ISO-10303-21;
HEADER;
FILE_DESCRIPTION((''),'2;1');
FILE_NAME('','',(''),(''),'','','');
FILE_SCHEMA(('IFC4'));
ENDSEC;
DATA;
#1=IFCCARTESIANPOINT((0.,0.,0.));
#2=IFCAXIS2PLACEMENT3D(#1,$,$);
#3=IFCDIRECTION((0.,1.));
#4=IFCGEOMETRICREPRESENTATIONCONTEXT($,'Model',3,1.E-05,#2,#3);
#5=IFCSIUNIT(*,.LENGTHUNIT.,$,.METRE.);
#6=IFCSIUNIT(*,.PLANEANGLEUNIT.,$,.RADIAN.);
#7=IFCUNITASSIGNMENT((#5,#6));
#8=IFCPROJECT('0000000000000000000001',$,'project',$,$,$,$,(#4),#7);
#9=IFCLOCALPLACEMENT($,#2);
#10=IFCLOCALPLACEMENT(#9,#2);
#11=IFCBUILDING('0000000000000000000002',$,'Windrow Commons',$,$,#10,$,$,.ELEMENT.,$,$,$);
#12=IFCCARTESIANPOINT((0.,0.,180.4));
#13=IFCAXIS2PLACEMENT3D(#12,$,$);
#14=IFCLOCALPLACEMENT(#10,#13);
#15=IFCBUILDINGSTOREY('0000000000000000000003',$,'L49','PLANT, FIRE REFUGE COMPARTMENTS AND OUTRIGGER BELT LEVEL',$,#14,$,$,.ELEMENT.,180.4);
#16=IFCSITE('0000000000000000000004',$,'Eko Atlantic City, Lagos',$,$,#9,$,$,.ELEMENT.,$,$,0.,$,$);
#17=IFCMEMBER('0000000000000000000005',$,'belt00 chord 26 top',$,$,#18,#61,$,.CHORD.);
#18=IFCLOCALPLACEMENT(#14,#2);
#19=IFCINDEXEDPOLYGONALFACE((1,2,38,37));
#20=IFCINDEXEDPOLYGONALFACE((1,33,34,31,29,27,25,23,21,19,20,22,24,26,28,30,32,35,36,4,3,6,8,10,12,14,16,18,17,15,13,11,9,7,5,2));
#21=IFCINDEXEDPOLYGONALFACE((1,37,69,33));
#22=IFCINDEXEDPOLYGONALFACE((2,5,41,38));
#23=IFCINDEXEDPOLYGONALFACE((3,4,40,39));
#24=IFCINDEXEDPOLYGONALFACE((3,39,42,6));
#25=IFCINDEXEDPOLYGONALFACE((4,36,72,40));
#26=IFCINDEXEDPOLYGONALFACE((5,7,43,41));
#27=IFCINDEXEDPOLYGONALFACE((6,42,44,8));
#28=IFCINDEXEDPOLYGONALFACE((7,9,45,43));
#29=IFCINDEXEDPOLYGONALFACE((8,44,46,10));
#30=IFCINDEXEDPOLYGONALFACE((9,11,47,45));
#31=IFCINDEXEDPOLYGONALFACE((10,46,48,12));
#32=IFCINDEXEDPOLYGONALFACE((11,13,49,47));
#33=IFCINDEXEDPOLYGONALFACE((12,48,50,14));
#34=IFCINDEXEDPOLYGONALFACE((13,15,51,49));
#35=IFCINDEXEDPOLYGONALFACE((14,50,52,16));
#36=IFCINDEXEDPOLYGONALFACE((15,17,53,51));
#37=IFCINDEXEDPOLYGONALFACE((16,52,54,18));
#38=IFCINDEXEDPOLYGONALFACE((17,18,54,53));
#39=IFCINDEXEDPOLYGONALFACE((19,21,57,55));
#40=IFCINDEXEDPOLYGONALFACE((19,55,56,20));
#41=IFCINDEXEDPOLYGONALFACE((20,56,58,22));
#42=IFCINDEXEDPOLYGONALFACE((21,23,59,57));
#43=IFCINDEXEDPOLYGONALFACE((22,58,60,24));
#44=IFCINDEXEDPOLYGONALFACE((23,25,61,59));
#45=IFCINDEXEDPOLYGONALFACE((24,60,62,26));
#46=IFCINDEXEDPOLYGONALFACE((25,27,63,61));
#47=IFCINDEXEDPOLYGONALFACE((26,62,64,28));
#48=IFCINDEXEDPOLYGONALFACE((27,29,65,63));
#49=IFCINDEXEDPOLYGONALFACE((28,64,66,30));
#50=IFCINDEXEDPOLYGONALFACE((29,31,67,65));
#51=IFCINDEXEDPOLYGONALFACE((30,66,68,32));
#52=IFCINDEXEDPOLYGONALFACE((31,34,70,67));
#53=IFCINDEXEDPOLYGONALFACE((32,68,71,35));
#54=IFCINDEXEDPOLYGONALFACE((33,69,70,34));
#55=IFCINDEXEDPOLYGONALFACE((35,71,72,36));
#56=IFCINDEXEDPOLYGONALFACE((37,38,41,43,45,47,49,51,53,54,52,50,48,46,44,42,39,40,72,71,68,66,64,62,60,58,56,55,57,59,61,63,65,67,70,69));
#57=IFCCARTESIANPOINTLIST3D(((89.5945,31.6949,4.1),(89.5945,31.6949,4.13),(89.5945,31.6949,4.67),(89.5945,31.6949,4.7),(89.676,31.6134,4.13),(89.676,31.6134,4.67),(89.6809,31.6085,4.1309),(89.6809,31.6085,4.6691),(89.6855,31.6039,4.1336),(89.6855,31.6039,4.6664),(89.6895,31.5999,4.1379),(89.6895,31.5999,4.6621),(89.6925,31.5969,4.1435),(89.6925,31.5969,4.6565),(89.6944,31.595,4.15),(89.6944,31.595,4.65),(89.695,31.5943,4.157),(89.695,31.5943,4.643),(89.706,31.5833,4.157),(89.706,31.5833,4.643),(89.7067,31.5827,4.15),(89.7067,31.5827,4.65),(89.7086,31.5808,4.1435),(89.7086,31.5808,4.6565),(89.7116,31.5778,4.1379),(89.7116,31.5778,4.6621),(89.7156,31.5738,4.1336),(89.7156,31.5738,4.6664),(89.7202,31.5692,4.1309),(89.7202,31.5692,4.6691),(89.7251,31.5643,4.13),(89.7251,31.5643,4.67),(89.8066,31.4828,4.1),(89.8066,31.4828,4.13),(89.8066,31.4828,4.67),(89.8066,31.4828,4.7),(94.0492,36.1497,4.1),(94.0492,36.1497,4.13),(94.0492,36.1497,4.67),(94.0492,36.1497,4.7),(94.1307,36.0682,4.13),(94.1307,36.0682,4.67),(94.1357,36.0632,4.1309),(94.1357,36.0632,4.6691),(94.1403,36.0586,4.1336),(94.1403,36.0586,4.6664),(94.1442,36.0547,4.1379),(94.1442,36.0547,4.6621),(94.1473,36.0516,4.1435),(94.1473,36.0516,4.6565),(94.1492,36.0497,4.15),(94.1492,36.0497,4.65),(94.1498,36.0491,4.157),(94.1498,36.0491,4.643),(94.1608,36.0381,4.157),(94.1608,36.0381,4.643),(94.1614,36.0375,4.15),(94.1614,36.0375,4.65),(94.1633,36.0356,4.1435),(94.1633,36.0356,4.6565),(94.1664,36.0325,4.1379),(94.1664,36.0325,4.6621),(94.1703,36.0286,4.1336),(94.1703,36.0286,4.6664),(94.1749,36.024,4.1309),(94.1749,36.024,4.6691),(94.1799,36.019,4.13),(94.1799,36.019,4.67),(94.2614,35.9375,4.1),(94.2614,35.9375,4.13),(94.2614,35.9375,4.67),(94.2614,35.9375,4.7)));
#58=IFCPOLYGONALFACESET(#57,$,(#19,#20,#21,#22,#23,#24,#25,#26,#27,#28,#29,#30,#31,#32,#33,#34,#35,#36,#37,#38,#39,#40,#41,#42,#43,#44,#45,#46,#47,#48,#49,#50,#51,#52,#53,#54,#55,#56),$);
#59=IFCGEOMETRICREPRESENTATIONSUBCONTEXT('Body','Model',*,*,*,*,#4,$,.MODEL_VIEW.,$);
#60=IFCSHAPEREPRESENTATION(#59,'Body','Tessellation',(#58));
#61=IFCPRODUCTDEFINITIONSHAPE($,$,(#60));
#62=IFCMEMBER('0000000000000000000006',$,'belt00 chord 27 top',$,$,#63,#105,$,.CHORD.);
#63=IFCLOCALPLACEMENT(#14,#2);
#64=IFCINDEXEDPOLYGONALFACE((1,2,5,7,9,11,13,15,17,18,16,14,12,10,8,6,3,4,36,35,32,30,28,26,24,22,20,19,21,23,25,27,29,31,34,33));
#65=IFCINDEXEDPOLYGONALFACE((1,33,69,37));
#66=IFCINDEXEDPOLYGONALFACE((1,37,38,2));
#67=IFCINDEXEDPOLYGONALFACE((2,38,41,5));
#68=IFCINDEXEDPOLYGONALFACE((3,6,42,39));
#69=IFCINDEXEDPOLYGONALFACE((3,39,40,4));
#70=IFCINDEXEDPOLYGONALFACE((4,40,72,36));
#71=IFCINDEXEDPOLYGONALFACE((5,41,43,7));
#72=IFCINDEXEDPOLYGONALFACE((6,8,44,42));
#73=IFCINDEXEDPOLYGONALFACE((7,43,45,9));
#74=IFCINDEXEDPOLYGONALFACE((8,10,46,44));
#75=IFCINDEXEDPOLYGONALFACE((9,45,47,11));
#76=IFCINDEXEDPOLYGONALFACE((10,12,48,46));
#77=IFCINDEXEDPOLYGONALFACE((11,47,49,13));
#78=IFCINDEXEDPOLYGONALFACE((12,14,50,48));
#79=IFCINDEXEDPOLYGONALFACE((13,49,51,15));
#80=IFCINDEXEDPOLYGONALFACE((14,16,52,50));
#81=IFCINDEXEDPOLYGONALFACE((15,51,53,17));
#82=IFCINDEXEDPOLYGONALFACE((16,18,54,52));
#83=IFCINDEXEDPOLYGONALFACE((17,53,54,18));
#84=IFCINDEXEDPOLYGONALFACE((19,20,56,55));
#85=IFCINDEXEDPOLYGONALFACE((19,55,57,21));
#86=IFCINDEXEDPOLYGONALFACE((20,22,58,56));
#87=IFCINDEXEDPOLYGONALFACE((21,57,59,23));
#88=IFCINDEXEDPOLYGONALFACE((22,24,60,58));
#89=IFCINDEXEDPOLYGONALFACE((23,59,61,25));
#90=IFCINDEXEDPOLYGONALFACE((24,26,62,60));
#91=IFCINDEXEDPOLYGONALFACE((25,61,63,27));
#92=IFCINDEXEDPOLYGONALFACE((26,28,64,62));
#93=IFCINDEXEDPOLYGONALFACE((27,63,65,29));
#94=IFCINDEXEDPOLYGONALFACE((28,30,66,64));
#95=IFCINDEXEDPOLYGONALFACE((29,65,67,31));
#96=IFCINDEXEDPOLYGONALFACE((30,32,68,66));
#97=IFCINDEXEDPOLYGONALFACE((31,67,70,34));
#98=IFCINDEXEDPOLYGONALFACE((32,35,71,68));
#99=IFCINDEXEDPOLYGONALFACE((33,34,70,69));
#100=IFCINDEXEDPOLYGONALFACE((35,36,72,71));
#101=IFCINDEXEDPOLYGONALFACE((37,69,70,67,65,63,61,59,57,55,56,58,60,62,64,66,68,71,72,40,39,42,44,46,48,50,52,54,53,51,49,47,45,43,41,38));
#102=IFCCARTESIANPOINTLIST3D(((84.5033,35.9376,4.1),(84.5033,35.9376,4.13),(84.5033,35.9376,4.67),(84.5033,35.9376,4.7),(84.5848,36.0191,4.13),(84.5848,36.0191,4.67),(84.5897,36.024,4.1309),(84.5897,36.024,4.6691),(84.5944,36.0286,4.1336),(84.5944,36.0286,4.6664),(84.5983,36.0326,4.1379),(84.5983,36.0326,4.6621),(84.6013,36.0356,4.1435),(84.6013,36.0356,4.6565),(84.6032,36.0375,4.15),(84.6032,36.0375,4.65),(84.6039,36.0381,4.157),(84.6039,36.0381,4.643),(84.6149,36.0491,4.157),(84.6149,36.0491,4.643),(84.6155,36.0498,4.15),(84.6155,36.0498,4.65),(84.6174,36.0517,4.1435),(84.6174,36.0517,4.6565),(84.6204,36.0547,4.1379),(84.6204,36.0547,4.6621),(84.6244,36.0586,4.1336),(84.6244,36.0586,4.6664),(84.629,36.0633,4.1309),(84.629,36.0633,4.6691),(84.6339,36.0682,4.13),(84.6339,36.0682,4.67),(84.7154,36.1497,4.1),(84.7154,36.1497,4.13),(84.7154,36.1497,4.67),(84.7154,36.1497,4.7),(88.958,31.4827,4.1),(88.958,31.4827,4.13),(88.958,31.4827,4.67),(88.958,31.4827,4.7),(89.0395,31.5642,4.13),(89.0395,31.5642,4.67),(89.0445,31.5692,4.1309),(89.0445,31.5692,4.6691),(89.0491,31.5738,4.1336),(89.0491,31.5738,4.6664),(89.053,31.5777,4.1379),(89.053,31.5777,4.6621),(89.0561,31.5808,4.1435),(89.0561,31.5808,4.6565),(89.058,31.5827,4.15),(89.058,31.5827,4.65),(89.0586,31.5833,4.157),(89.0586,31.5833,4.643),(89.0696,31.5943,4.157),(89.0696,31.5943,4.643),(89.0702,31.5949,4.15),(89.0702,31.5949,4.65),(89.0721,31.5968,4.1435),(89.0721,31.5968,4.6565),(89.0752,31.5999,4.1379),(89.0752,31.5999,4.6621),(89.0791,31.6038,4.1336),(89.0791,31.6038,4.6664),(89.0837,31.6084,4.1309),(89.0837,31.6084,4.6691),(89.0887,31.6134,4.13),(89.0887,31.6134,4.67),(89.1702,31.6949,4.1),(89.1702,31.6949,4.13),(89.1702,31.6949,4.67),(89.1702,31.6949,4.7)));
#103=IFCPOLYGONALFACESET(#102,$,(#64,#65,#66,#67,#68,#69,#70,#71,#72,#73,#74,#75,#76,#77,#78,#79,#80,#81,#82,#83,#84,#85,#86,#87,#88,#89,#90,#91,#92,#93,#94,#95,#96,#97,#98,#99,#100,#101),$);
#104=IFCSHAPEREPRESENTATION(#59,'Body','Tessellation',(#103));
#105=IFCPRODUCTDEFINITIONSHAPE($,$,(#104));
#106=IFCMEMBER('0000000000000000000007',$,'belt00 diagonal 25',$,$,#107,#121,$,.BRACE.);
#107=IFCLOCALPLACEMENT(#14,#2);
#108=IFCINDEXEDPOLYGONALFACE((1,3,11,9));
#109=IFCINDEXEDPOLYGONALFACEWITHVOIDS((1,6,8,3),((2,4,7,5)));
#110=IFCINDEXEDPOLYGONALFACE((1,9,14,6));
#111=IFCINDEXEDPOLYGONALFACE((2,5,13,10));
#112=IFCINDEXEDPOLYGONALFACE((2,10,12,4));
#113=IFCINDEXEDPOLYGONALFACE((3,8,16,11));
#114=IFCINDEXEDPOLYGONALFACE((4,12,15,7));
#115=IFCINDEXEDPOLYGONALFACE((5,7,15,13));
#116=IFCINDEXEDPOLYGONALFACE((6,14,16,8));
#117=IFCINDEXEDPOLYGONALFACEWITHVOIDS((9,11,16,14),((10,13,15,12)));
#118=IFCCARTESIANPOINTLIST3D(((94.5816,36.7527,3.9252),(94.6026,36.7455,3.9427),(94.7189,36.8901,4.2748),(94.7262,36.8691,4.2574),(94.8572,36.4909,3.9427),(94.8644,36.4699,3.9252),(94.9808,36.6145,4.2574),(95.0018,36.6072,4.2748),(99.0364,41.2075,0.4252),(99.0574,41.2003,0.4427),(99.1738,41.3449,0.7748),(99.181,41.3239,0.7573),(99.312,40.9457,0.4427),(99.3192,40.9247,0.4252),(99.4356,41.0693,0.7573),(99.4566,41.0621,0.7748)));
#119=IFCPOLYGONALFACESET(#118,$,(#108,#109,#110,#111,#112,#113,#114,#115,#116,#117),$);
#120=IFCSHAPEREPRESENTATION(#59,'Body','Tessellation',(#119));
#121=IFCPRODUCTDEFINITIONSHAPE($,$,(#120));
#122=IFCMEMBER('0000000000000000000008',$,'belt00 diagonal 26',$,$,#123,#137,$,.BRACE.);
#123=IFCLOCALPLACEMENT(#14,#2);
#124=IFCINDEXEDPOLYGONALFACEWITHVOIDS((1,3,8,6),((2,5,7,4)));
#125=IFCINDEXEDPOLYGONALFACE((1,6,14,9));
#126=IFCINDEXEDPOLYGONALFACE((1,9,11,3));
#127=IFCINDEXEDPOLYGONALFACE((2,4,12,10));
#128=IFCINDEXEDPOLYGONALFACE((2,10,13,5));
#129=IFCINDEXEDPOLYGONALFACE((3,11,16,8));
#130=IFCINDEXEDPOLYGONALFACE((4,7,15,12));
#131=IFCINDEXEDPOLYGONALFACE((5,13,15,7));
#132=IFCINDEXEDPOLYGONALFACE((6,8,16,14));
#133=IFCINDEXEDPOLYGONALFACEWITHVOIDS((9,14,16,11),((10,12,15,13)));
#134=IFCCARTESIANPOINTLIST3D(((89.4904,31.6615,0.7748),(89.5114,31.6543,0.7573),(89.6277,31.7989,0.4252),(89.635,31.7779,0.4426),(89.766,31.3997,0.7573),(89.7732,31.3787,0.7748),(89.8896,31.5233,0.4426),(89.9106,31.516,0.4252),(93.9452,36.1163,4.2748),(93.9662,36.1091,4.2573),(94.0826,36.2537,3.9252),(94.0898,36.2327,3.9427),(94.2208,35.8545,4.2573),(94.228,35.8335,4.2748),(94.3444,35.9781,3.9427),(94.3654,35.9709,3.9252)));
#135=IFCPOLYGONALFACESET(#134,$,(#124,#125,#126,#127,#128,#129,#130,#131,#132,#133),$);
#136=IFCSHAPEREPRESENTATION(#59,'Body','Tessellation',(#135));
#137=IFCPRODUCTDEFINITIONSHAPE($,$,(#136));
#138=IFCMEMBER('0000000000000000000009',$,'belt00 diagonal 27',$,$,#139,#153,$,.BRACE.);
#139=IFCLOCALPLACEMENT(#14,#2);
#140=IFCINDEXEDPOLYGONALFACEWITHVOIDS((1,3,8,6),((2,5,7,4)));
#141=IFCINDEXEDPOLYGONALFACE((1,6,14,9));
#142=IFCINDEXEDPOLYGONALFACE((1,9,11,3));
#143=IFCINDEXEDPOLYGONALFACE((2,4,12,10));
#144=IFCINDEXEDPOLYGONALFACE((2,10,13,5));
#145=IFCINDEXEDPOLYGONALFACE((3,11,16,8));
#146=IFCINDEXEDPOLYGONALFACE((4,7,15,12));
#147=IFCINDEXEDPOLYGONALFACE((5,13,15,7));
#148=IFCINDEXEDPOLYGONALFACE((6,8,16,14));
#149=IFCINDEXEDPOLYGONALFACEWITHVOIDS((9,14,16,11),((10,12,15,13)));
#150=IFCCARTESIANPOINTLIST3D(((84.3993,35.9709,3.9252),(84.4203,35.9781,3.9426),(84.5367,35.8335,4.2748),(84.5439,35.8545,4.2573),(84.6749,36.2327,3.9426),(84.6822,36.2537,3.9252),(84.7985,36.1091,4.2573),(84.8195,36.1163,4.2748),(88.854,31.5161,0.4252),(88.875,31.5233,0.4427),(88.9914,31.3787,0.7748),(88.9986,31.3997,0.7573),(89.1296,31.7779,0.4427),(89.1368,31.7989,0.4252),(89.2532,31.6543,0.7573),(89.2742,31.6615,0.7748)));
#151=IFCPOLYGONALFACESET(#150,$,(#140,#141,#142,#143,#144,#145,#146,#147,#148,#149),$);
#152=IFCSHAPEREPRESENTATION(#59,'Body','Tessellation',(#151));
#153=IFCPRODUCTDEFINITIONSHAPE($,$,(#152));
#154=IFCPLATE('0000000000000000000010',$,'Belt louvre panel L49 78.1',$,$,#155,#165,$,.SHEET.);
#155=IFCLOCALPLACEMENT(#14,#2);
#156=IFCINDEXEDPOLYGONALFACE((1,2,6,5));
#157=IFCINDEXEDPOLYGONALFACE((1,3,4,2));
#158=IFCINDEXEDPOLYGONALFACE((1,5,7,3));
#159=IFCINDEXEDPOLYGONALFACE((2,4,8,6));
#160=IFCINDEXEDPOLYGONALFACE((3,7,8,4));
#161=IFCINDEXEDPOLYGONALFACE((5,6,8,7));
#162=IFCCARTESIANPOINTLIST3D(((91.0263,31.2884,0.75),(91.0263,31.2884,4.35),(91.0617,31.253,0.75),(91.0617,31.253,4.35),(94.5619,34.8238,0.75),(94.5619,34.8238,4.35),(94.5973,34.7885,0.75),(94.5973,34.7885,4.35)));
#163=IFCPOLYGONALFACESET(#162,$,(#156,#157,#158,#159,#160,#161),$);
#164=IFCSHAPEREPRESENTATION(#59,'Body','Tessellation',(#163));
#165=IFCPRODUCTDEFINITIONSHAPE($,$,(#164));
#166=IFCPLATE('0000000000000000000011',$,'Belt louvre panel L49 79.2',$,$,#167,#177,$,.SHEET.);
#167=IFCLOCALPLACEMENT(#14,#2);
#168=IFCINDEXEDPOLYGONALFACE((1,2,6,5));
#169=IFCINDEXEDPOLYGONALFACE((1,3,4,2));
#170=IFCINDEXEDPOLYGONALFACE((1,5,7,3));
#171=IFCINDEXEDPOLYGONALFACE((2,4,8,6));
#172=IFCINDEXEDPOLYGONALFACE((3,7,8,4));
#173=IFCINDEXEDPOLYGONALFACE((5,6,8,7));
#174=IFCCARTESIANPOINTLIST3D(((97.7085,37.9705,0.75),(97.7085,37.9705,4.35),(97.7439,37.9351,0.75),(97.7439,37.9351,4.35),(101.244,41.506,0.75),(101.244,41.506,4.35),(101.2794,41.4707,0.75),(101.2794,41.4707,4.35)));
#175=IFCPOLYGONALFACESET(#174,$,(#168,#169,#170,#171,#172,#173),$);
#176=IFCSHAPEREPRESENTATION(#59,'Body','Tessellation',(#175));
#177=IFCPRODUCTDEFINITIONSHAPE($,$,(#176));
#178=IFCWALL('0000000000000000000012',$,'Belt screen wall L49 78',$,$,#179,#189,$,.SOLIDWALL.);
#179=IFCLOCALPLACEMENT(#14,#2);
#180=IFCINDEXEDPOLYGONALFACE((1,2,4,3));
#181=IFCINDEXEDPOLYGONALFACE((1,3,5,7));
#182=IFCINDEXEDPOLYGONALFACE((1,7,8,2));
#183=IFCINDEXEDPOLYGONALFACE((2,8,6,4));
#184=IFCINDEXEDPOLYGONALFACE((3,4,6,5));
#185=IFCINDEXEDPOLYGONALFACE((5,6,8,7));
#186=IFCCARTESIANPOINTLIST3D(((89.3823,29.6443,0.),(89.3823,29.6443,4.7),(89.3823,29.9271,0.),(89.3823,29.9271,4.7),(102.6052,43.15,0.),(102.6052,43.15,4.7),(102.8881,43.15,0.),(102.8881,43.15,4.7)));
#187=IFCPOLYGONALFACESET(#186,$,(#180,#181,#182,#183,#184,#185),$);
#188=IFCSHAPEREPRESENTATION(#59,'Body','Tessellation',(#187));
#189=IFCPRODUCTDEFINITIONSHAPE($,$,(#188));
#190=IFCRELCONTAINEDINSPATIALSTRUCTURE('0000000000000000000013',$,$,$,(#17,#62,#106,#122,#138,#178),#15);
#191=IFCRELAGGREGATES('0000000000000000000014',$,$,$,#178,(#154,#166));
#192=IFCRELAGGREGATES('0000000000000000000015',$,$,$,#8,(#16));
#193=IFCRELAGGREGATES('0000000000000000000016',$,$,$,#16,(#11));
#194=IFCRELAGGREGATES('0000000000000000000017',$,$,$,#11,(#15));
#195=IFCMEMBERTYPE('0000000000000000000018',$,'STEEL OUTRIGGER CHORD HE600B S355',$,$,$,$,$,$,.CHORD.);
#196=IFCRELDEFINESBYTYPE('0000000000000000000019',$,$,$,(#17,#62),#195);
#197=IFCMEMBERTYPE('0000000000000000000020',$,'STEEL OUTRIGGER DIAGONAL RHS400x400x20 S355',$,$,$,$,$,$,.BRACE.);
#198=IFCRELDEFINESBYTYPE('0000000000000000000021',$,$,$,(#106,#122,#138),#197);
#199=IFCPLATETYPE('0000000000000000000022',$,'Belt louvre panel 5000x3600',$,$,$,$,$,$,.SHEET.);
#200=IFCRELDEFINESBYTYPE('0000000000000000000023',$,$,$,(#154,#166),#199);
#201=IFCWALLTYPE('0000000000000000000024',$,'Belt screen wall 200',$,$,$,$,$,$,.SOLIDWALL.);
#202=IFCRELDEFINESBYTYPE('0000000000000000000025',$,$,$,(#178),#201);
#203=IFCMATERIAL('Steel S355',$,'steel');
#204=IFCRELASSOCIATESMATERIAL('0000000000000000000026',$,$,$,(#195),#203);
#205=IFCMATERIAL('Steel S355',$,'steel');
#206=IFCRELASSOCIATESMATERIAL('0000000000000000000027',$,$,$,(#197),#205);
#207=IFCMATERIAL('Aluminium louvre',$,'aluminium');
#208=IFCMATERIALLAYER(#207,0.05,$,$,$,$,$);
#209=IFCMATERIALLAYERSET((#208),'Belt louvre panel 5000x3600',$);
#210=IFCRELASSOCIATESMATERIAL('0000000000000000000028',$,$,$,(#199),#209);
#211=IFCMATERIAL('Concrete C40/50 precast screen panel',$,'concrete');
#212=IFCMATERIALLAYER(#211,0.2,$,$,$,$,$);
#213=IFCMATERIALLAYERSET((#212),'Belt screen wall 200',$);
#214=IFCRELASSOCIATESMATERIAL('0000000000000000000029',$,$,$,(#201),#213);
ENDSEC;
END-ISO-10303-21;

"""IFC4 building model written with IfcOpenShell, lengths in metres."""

from ifc_helpers import new_model, si_unit, direction, frame, origin, origin_2d, place, context, subcontext, project, spatial, polyline, hollow_rectangle, i_section, outline, extrude, material, layer, layer_set, material_profile, profile_set, type_object, element, aggregate, save


model = new_model("IFC4")

# Units and contexts
model_context = context("Model", 3, precision=1e-05, world=origin(), true_north=direction((0.0, 1.0)))
body_context = subcontext(model_context, "Body", "Model", "MODEL_VIEW")
ifc_project = project(units=[si_unit("LENGTHUNIT", "METRE"), si_unit("PLANEANGLEUNIT", "RADIAN")], contexts=[model_context])

# Site, building, storey
site_placement = place(None, origin())
site = spatial("IfcSite", under=ifc_project, at=site_placement, Name="Eko Atlantic City, Lagos", CompositionType="ELEMENT", RefElevation=0.0)
building_placement = place(site_placement, origin())
building = spatial("IfcBuilding", under=site, at=building_placement, Name="Windrow Commons", CompositionType="ELEMENT")
storey_placement = place(building_placement, frame((0.0, 0.0, 180.4)))
storey = spatial("IfcBuildingStorey", under=building, at=storey_placement, Name="L49", Description="PLANT, FIRE REFUGE COMPARTMENTS AND OUTRIGGER BELT LEVEL", CompositionType="ELEMENT", Elevation=180.4)

# Members
ifc_material_1 = material(Name="Steel S355", Category="steel")
ifc_material_profile_1 = material_profile(ifc_material_1, i_section(OverallWidth=0.3, OverallDepth=0.6, WebThickness=0.0155, FlangeThickness=0.03, FilletRadius=0.027, at=origin_2d()))
ifc_profile_set_1 = profile_set([ifc_material_profile_1], Name="Steel S355")
member_type_1 = type_object("IfcMemberType", Name="STEEL OUTRIGGER CHORD HE600B S355", PredefinedType="CHORD", material=ifc_profile_set_1)
for number, where, z_axis, x_axis, name in (
    (1, (94.1553, 36.0436, 4.4), (-0.707107, -0.707107, 0.0), (0.707107, -0.707107, 0.0), "belt00 chord 26 top"),
    (2, (89.0641, 31.5888, 4.4), (-0.707099, 0.707115, 0.0), (-0.707115, -0.707099, 0.0), "belt00 chord 27 top"),
):
    element("IfcMember", number, at=place(storey_placement, frame(where, z_axis=z_axis, x_axis=x_axis)), inside=storey, type_object=member_type_1, Name=name, PredefinedType="CHORD", context=body_context, shape_type="SweptSolid", body=[
        extrude(i_section(OverallWidth=0.3, OverallDepth=0.6, WebThickness=0.0155, FlangeThickness=0.03, FilletRadius=0.027, at=origin_2d()), origin(), (0.0, 0.0, 1.0), 6.3),
    ])
ifc_material_2 = material(Name="Steel S355", Category="steel")
ifc_material_profile_2 = material_profile(ifc_material_2, hollow_rectangle(XDim=0.4, YDim=0.4, WallThickness=0.02, at=origin_2d()))
ifc_profile_set_2 = profile_set([ifc_material_profile_2], Name="Steel S355")
member_type_2 = type_object("IfcMemberType", Name="STEEL OUTRIGGER DIAGONAL RHS400x400x20 S355", PredefinedType="BRACE", material=ifc_profile_set_2)
for number, where, z_axis, x_axis, name in (
    (3, (99.2465, 41.1348, 0.6), (-0.618123, -0.618123, 0.485641), (0.707107, -0.707107, 0.0), "belt00 diagonal 25"),
    (4, (94.1553, 36.0436, 4.1), (-0.618123, -0.618123, -0.485641), (0.707107, -0.707107, 0.0), "belt00 diagonal 26"),
):
    element("IfcMember", number, at=place(storey_placement, frame(where, z_axis=z_axis, x_axis=x_axis)), inside=storey, type_object=member_type_2, Name=name, PredefinedType="BRACE", context=body_context, shape_type="SweptSolid", body=[
        extrude(hollow_rectangle(XDim=0.4, YDim=0.4, WallThickness=0.02, at=origin_2d()), origin(), (0.0, 0.0, 1.0), 7.207),
    ])
member_placement = place(storey_placement, frame((89.0641, 31.5888, 0.6), z_axis=(-0.618115, 0.618129, 0.485645), x_axis=(-0.707115, -0.707099, 0.0)))
element("IfcMember", 5, at=member_placement, inside=storey, type_object=member_type_2, Name="belt00 diagonal 27", PredefinedType="BRACE", context=body_context, shape_type="SweptSolid", body=[
    extrude(hollow_rectangle(XDim=0.4, YDim=0.4, WallThickness=0.02, at=origin_2d()), origin(), (0.0, 0.0, 1.0), 7.2069),
])

# Plates
ifc_material_3 = material(Name="Aluminium louvre", Category="aluminium")
ifc_layer_1 = layer(ifc_material_3, 0.05)
ifc_layer_set_1 = layer_set([ifc_layer_1], Name="Belt louvre panel 5000x3600")
plate_type_1 = type_object("IfcPlateType", Name="Belt louvre panel 5000x3600", PredefinedType="SHEET", material=ifc_layer_set_1)
plate_1_placement = place(storey_placement, frame((91.0617, 31.253, 0.75), z_axis=(0.707097, -0.707117, 0.0), x_axis=(0.707117, 0.707097, 0.0)))
plate_1 = element("IfcPlate", 6, at=plate_1_placement, type_object=plate_type_1, Name="Belt louvre panel L49 78.1", PredefinedType="SHEET", context=body_context, shape_type="SweptSolid", body=[
    extrude(outline(polyline([(0.0, 0.0), (5.0, 0.0), (5.0, 3.6), (0.0, 3.6), (0.0, 0.0)])), origin(), (0.0, 0.0, -1.0), 0.05),
])
plate_2_placement = place(storey_placement, frame((97.7439, 37.9351, 0.75), z_axis=(0.707117, -0.707097, 0.0), x_axis=(0.707097, 0.707117, 0.0)))
plate_2 = element("IfcPlate", 7, at=plate_2_placement, type_object=plate_type_1, Name="Belt louvre panel L49 79.2", PredefinedType="SHEET", context=body_context, shape_type="SweptSolid", body=[
    extrude(outline(polyline([(0.0, 0.0), (5.0, 0.0), (5.0, 3.6), (0.0, 3.6), (0.0, 0.0)])), origin(), (0.0, 0.0, -1.0), 0.05),
])

# Wall
ifc_material_4 = material(Name="Concrete C40/50 precast screen panel", Category="concrete")
ifc_layer_2 = layer(ifc_material_4, 0.2)
ifc_layer_set_2 = layer_set([ifc_layer_2], Name="Belt screen wall 200")
wall_type_1 = type_object("IfcWallType", Name="Belt screen wall 200", PredefinedType="SOLIDWALL", material=ifc_layer_set_2)
wall_1_placement = place(storey_placement, frame((89.3823, 29.7857, 0.0), z_axis=(0.0, 0.0, 1.0), x_axis=(0.707109, 0.707104, 0.0)))
wall_1 = element("IfcWall", 8, at=wall_1_placement, inside=storey, type_object=wall_type_1, Name="Belt screen wall L49 78", PredefinedType="SOLIDWALL", context=body_context, shape_type="SweptSolid", body=[
    extrude(outline(polyline([(-0.1, -0.1), (19.0, -0.1), (18.8, 0.1), (0.1, 0.1), (-0.1, -0.1)])), origin(), (0.0, 0.0, 1.0), 4.7),
])
aggregate(wall_1, [plate_1, plate_2])

save(model, "model.ifc")
